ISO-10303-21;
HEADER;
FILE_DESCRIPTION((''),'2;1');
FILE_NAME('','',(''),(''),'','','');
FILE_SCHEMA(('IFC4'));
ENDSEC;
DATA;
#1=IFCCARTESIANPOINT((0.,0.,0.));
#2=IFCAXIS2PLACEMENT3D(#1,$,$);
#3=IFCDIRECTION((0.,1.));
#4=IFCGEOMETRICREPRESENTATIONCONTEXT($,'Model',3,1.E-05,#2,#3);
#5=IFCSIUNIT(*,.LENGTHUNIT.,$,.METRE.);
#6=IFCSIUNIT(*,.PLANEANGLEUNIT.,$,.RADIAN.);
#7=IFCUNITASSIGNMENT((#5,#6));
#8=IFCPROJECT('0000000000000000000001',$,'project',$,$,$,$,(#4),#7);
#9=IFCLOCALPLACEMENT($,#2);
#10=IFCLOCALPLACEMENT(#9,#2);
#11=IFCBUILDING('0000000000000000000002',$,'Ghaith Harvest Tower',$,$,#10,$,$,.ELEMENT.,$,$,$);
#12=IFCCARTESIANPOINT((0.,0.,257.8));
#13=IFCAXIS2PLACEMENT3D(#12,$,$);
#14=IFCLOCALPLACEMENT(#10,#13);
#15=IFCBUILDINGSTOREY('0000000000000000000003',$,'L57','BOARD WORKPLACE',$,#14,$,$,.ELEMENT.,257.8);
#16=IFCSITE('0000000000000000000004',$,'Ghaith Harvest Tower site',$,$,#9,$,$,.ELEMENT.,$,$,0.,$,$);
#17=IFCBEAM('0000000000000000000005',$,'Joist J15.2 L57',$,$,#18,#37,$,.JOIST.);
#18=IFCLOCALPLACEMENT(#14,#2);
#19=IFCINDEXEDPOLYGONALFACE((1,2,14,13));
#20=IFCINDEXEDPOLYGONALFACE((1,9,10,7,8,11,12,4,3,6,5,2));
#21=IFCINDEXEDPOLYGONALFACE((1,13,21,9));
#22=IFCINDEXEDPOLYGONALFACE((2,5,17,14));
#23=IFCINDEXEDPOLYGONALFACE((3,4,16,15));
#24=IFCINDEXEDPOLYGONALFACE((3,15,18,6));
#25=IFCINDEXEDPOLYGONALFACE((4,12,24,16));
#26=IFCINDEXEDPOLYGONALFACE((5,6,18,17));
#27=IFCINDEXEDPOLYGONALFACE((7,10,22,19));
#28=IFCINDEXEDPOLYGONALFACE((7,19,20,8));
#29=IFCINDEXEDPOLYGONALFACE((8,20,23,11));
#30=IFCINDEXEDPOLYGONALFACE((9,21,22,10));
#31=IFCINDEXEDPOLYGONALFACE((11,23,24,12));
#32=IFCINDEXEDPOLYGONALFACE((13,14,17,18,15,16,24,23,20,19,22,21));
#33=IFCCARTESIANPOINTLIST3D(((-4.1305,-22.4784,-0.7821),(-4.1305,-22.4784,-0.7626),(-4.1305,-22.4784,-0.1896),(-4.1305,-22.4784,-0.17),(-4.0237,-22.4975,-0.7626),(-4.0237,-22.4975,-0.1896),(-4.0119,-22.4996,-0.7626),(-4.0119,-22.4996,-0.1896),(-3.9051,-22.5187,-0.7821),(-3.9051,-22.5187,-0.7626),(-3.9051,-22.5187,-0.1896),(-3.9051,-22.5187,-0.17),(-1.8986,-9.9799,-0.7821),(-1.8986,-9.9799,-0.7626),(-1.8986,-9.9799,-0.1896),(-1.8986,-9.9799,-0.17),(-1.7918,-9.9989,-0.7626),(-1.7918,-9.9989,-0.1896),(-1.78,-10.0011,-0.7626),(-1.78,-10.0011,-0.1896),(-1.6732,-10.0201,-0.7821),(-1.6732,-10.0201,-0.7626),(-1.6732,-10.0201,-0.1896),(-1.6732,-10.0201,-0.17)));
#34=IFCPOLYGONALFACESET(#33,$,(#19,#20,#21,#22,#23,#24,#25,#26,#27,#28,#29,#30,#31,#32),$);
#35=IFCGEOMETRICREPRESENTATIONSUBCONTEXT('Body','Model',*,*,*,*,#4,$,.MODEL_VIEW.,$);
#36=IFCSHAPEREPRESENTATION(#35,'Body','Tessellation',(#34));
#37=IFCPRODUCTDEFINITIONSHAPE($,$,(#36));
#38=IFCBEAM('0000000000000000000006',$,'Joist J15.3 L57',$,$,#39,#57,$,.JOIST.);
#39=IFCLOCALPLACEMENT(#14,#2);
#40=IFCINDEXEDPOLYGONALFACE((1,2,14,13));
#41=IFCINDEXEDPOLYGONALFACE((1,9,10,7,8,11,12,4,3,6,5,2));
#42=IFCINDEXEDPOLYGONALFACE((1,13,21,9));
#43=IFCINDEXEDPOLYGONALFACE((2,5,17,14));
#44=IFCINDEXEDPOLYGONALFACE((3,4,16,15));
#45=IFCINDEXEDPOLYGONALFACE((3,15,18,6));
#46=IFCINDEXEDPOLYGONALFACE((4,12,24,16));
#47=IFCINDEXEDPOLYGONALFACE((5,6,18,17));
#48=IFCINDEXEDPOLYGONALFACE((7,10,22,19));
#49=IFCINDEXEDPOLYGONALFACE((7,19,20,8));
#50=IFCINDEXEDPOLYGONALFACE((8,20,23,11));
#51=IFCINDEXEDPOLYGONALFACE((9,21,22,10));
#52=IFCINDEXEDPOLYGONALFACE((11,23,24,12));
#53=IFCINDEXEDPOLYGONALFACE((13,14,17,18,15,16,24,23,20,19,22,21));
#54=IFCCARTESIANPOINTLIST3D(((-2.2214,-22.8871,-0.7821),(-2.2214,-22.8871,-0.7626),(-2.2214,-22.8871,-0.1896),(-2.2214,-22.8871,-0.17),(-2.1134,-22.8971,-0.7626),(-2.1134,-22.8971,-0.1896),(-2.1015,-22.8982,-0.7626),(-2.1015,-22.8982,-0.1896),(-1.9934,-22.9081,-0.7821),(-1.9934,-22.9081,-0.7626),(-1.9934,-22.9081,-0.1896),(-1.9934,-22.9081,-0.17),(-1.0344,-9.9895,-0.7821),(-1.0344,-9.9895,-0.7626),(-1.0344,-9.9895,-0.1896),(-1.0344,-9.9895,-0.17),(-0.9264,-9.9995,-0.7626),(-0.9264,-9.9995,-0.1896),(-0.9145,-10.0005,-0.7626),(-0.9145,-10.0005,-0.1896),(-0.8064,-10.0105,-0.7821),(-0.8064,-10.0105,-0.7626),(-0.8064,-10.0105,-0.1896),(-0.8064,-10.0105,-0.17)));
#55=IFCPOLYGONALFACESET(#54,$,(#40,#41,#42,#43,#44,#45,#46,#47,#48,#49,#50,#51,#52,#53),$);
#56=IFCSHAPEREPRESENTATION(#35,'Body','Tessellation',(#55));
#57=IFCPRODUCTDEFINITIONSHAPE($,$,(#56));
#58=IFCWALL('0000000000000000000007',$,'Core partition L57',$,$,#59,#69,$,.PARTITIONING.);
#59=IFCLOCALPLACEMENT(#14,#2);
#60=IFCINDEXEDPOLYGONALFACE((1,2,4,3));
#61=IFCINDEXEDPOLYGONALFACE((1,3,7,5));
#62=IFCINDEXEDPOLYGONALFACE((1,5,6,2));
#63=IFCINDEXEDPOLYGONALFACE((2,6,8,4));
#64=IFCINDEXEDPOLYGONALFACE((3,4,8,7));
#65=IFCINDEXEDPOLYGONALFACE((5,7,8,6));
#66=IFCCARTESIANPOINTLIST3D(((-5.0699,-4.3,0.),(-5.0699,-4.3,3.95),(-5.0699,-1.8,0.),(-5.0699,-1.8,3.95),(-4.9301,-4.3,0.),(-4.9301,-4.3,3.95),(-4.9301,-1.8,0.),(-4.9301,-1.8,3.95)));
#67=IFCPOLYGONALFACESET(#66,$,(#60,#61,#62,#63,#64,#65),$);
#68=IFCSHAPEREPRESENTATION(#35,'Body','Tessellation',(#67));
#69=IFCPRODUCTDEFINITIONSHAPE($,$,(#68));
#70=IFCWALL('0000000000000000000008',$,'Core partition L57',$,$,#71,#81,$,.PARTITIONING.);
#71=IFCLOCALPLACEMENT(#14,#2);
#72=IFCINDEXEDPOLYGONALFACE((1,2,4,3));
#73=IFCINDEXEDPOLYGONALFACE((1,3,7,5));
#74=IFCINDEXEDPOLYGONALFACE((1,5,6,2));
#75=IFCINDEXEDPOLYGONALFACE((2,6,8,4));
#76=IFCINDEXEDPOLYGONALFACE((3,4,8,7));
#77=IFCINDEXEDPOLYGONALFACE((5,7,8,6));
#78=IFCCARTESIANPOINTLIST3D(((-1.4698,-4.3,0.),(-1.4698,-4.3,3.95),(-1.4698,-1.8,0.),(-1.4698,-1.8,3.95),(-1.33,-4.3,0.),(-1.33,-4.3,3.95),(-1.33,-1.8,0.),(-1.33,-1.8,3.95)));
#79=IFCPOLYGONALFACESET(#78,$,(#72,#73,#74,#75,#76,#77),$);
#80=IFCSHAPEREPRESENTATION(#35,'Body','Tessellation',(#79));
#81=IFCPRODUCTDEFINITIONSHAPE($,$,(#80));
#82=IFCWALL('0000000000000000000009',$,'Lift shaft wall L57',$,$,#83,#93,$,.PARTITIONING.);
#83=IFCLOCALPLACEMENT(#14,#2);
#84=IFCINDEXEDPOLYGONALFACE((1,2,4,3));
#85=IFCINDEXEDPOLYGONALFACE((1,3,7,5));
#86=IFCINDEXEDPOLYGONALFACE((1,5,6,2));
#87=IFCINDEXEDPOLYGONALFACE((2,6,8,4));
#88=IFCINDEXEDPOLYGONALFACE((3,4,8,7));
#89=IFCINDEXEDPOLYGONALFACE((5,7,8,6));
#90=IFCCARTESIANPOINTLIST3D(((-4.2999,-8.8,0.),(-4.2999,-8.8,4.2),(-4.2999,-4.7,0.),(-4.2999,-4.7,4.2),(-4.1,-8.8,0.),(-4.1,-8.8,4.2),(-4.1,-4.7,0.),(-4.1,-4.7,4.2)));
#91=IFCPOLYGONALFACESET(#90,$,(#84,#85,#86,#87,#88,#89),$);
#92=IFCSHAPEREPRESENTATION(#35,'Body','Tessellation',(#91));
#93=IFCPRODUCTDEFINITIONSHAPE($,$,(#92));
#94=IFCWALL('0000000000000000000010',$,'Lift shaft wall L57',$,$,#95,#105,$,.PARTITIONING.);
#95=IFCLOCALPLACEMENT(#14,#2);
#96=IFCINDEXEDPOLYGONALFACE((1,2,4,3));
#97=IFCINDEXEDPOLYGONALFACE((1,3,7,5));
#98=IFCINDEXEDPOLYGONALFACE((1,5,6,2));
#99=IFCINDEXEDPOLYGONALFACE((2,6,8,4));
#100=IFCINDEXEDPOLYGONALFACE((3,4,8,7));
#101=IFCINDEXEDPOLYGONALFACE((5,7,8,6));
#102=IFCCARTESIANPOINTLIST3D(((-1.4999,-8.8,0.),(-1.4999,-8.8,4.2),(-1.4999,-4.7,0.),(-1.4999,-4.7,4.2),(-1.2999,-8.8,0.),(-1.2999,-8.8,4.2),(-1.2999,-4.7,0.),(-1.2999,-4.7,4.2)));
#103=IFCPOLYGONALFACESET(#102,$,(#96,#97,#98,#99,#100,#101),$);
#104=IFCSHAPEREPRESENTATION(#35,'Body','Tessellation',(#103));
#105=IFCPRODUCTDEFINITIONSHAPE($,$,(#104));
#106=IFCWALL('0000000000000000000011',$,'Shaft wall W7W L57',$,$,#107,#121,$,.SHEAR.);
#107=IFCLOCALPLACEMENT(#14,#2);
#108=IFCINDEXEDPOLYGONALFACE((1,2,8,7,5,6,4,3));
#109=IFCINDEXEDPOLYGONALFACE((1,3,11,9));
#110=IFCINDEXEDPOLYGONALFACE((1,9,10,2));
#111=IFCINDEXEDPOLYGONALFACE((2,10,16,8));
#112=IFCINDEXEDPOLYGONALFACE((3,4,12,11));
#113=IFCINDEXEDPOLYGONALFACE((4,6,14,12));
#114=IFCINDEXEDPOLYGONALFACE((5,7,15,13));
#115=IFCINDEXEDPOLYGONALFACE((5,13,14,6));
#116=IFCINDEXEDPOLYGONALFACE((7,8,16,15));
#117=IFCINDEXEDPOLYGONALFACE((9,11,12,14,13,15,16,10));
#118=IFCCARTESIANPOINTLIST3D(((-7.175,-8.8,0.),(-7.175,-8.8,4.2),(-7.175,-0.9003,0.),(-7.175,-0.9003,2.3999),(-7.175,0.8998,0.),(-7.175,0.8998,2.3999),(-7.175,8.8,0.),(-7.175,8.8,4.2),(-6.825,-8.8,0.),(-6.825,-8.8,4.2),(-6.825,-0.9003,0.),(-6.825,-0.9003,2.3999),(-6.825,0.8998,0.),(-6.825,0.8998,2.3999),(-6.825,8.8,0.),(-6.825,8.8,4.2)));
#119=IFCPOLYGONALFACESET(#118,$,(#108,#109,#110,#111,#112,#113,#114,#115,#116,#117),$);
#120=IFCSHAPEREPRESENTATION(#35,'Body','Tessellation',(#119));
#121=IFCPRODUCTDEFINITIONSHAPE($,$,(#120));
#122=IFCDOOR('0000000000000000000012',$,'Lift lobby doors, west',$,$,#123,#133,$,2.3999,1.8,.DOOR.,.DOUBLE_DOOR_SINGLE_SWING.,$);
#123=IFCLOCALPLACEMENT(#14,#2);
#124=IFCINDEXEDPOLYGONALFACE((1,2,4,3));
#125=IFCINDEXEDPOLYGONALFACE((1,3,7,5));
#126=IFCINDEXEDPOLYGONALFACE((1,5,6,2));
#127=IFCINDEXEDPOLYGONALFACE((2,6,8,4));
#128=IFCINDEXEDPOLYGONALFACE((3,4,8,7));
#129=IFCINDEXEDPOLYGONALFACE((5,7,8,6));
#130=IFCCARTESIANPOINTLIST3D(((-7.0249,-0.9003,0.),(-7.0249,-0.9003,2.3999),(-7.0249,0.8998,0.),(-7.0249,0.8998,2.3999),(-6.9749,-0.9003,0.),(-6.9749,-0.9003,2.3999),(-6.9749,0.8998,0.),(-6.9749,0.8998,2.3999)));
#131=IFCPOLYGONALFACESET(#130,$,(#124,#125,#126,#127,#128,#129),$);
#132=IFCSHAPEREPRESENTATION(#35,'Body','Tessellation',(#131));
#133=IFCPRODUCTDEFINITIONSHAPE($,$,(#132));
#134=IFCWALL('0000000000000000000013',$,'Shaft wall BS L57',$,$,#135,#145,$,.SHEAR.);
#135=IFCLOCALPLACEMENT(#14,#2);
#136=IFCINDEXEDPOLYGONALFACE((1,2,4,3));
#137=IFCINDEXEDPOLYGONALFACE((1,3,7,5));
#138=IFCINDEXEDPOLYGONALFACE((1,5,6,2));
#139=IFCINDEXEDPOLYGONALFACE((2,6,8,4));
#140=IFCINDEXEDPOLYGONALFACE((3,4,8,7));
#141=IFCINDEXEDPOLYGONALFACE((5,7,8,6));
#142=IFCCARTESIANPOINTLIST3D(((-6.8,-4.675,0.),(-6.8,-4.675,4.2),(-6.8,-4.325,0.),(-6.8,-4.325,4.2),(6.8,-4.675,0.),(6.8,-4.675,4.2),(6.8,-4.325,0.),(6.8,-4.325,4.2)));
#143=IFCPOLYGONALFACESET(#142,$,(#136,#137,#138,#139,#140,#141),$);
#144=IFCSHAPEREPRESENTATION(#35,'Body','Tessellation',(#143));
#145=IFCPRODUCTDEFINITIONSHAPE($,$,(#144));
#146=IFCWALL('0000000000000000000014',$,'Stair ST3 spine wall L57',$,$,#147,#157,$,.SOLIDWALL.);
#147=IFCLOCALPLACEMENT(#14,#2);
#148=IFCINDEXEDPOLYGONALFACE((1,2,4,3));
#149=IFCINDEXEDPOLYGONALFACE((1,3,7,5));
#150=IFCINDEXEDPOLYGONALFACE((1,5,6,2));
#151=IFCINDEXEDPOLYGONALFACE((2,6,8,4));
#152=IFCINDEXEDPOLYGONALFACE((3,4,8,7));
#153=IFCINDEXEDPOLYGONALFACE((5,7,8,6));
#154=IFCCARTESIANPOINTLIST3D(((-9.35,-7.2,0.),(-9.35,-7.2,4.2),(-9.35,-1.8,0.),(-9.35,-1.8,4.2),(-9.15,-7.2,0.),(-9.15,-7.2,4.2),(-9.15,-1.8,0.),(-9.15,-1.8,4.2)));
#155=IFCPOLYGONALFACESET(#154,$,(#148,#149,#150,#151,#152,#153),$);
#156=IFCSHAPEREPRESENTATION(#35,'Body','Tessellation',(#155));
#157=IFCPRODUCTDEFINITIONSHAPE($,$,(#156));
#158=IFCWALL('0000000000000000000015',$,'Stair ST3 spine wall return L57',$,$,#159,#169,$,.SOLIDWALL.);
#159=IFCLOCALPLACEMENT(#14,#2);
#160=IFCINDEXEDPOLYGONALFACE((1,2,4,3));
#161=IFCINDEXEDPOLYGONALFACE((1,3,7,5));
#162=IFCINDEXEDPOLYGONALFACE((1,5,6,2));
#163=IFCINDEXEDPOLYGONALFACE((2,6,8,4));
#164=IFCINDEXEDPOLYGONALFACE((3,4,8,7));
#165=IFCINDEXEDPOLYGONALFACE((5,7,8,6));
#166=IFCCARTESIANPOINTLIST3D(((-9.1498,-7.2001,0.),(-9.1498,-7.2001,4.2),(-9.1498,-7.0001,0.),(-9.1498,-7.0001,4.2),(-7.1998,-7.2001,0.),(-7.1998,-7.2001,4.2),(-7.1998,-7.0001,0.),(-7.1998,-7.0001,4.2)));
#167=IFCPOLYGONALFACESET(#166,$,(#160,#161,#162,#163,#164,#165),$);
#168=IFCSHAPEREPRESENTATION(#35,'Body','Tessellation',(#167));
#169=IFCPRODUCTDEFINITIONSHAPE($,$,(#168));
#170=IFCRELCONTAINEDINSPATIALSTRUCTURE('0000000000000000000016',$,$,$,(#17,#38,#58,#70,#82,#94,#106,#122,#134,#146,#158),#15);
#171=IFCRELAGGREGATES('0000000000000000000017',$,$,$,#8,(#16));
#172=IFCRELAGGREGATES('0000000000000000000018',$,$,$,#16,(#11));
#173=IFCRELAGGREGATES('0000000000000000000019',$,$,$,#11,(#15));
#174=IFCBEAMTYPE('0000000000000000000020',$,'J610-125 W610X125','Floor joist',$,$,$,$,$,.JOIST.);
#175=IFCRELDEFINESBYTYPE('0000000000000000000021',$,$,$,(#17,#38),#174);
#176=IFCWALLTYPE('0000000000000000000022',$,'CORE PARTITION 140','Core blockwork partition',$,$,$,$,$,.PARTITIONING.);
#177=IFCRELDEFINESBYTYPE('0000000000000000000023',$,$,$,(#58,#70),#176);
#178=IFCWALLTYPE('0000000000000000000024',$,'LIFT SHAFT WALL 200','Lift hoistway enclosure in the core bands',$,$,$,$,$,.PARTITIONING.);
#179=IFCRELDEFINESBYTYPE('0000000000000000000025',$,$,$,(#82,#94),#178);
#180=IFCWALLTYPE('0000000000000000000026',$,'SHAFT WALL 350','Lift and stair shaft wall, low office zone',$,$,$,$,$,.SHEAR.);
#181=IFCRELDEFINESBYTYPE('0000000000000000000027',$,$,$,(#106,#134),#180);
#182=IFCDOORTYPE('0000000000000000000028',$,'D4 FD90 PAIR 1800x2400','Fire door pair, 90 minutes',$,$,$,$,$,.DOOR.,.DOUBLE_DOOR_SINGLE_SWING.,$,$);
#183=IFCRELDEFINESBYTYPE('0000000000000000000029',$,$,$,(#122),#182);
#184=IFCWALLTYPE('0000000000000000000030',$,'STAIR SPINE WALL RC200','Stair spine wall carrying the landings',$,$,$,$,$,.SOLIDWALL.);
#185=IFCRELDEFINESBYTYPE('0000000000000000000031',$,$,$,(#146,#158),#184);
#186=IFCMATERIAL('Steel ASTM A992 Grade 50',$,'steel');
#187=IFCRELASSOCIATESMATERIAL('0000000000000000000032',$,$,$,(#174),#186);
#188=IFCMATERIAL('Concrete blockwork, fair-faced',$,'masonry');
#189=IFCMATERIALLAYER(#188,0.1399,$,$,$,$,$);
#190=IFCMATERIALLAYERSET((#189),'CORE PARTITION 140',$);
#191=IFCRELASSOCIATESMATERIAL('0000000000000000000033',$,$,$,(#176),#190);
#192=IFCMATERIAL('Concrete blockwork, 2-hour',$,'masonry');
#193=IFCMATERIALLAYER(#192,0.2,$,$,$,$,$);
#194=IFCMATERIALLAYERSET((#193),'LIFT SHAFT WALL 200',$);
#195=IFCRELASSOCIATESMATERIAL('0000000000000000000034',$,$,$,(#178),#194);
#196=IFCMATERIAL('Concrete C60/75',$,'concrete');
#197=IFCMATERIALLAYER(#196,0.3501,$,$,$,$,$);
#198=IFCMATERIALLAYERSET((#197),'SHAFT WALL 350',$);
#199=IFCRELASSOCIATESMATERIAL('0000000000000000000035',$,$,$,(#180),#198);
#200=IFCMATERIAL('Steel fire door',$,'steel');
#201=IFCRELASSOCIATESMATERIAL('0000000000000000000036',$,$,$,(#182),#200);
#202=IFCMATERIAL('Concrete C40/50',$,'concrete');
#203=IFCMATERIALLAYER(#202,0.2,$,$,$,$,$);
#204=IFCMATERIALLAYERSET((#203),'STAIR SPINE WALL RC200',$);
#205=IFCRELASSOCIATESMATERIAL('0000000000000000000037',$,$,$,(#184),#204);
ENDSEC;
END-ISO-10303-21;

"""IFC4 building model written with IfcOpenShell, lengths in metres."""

from ifc_helpers import new_model, si_unit, direction, frame, frame_2d, origin, origin_2d, place, context, subcontext, project, spatial, rectangle, i_section, extrude, material, layer, layer_set, material_profile, profile_set, type_object, element, fill, save


model = new_model("IFC4")

# Units and contexts
model_context = context("Model", 3, precision=1e-05, world=origin(), true_north=direction((0.0, 1.0)))
body_context = subcontext(model_context, "Body", "Model", "MODEL_VIEW")
ifc_project = project(units=[si_unit("LENGTHUNIT", "METRE"), si_unit("PLANEANGLEUNIT", "RADIAN")], contexts=[model_context])

# Site, building, storey
site_placement = place(None, origin())
site = spatial("IfcSite", under=ifc_project, at=site_placement, Name="Ghaith Harvest Tower site", CompositionType="ELEMENT", RefElevation=0.0)
building_placement = place(site_placement, origin())
building = spatial("IfcBuilding", under=site, at=building_placement, Name="Ghaith Harvest Tower", CompositionType="ELEMENT")
storey_placement = place(building_placement, frame((0.0, 0.0, 257.8)))
storey = spatial("IfcBuildingStorey", under=building, at=storey_placement, Name="L57", Description="BOARD WORKPLACE", CompositionType="ELEMENT", Elevation=257.8)

# Beams
ifc_material_1 = material(Name="Steel ASTM A992 Grade 50", Category="steel")
ifc_material_profile_1 = material_profile(ifc_material_1, i_section(OverallWidth=0.229, OverallDepth=0.6121, WebThickness=0.012, FlangeThickness=0.0195, at=origin_2d()), Name="W610X125")
ifc_profile_set_1 = profile_set([ifc_material_profile_1], Name="Steel ASTM A992 Grade 50")
beam_type_1 = type_object("IfcBeamType", Name="J610-125 W610X125", Description="Floor joist", PredefinedType="JOIST", material=ifc_profile_set_1)
beam_1_placement = place(storey_placement, frame((-1.7859, -10.0, -0.4761), z_axis=(-0.175795, -0.984427, 0.0), x_axis=(0.984427, -0.175795, 0.0)))
element("IfcBeam", 1, at=beam_1_placement, inside=storey, type_object=beam_type_1, Name="Joist J15.2 L57", PredefinedType="JOIST", context=body_context, shape_type="SweptSolid", body=[
    extrude(i_section(OverallWidth=0.229, OverallDepth=0.6121, WebThickness=0.012, FlangeThickness=0.0195, at=origin_2d()), origin(), (0.0, 0.0, 1.0), 12.6963),
])
beam_2_placement = place(storey_placement, frame((-0.9204, -10.0, -0.4761), z_axis=(-0.091645, -0.995792, 0.0), x_axis=(0.995792, -0.091645, 0.0)))
element("IfcBeam", 2, at=beam_2_placement, inside=storey, type_object=beam_type_1, Name="Joist J15.3 L57", PredefinedType="JOIST", context=body_context, shape_type="SweptSolid", body=[
    extrude(i_section(OverallWidth=0.229, OverallDepth=0.6121, WebThickness=0.012, FlangeThickness=0.0195, at=origin_2d()), origin(), (0.0, 0.0, 1.0), 12.9521),
])

# Walls
ifc_material_2 = material(Name="Concrete blockwork, fair-faced", Category="masonry")
ifc_layer_1 = layer(ifc_material_2, 0.1399)
ifc_layer_set_1 = layer_set([ifc_layer_1], Name="CORE PARTITION 140")
wall_type_1 = type_object("IfcWallType", Name="CORE PARTITION 140", Description="Core blockwork partition", PredefinedType="PARTITIONING", material=ifc_layer_set_1)
for number, where, z_axis, x_axis, name in (
    (3, (-5.0, -1.8, 0.0), (0.0, 0.0, 1.0), (0.0, -1.0, 0.0), "Core partition L57"),
    (4, (-1.3999, -1.8, 0.0), (0.0, 0.0, 1.0), (0.0, -1.0, 0.0), "Core partition L57"),
):
    element("IfcWall", number, at=place(storey_placement, frame(where, z_axis=z_axis, x_axis=x_axis)), inside=storey, type_object=wall_type_1, Name=name, PredefinedType="PARTITIONING", context=body_context, shape_type="SweptSolid", body=[
        extrude(rectangle(XDim=2.5, YDim=0.1399, at=frame_2d((1.25, 0.0))), origin(), (0.0, 0.0, 1.0), 3.95),
    ])
ifc_material_3 = material(Name="Concrete blockwork, 2-hour", Category="masonry")
ifc_layer_2 = layer(ifc_material_3, 0.2)
ifc_layer_set_2 = layer_set([ifc_layer_2], Name="LIFT SHAFT WALL 200")
wall_type_2 = type_object("IfcWallType", Name="LIFT SHAFT WALL 200", Description="Lift hoistway enclosure in the core bands", PredefinedType="PARTITIONING", material=ifc_layer_set_2)
for number, where, z_axis, x_axis, name in (
    (5, (-4.2, -4.7, 0.0), (0.0, 0.0, 1.0), (0.0, -1.0, 0.0), "Lift shaft wall L57"),
    (6, (-1.3999, -4.7, 0.0), (0.0, 0.0, 1.0), (0.0, -1.0, 0.0), "Lift shaft wall L57"),
):
    element("IfcWall", number, at=place(storey_placement, frame(where, z_axis=z_axis, x_axis=x_axis)), inside=storey, type_object=wall_type_2, Name=name, PredefinedType="PARTITIONING", context=body_context, shape_type="SweptSolid", body=[
        extrude(rectangle(XDim=4.1001, YDim=0.2, at=frame_2d((2.05, 0.0))), origin(), (0.0, 0.0, 1.0), 4.2),
    ])

# Wall, opening, door
ifc_material_4 = material(Name="Concrete C60/75", Category="concrete")
ifc_layer_3 = layer(ifc_material_4, 0.3501)
ifc_layer_set_3 = layer_set([ifc_layer_3], Name="SHAFT WALL 350")
wall_type_3 = type_object("IfcWallType", Name="SHAFT WALL 350", Description="Lift and stair shaft wall, low office zone", PredefinedType="SHEAR", material=ifc_layer_set_3)
wall_1_placement = place(storey_placement, frame((-7.0, -8.8, 0.0), z_axis=(0.0, 0.0, 1.0), x_axis=(0.0, 1.0, 0.0)))
wall_1 = element("IfcWall", 7, at=wall_1_placement, inside=storey, type_object=wall_type_3, Name="Shaft wall W7W L57", PredefinedType="SHEAR", context=body_context, shape_type="SweptSolid", body=[
    extrude(rectangle(XDim=17.6001, YDim=0.3501, at=frame_2d((8.8, 0.0))), origin(), (0.0, 0.0, 1.0), 4.2),
])
opening_1_placement = place(wall_1_placement, frame((7.8999, 0.0, 0.0)))
opening_1 = element("IfcOpeningElement", 8, at=opening_1_placement, cuts=wall_1, PredefinedType="OPENING", context=body_context, shape_type="SweptSolid", body=[
    extrude(rectangle(XDim=1.8, YDim=2.3999, at=frame_2d((0.8999, 1.2))), frame((0.0, 0.1851, 0.0), z_axis=(0.0, -1.0, 0.0), x_axis=(1.0, 0.0, 0.0)), (0.0, 0.0, 1.0), 0.3701),
])
ifc_material_5 = material(Name="Steel fire door", Category="steel")
door_type_1 = type_object("IfcDoorType", Name="D4 FD90 PAIR 1800x2400", Description="Fire door pair, 90 minutes", OperationType="DOUBLE_DOOR_SINGLE_SWING", PredefinedType="DOOR", material=ifc_material_5)
door_1_placement = place(opening_1_placement, origin())
door_1 = element("IfcDoor", 9, at=door_1_placement, inside=storey, type_object=door_type_1, Name="Lift lobby doors, west", OperationType="DOUBLE_DOOR_SINGLE_SWING", OverallHeight=2.3999, OverallWidth=1.8, PredefinedType="DOOR", context=body_context, shape_type="SweptSolid", body=[
    extrude(rectangle(XDim=1.8, YDim=2.3999, at=frame_2d((0.8999, 1.2))), frame((0.0, 0.0249, 0.0), z_axis=(0.0, -1.0, 0.0), x_axis=(1.0, 0.0, 0.0)), (0.0, 0.0, 1.0), 0.05),
])
fill(opening_1, door_1)

# Walls
wall_2_placement = place(storey_placement, frame((-6.8, -4.5, 0.0), z_axis=(0.0, 0.0, 1.0), x_axis=(1.0, 0.0, 0.0)))
element("IfcWall", 10, at=wall_2_placement, inside=storey, type_object=wall_type_3, Name="Shaft wall BS L57", PredefinedType="SHEAR", context=body_context, shape_type="SweptSolid", body=[
    extrude(rectangle(XDim=13.6001, YDim=0.3501, at=frame_2d((6.8, 0.0))), origin(), (0.0, 0.0, 1.0), 4.2),
])
ifc_material_6 = material(Name="Concrete C40/50", Category="concrete")
ifc_layer_4 = layer(ifc_material_6, 0.2)
ifc_layer_set_4 = layer_set([ifc_layer_4], Name="STAIR SPINE WALL RC200")
wall_type_4 = type_object("IfcWallType", Name="STAIR SPINE WALL RC200", Description="Stair spine wall carrying the landings", PredefinedType="SOLIDWALL", material=ifc_layer_set_4)
wall_3_placement = place(storey_placement, frame((-9.25, -7.2, 0.0), z_axis=(0.0, 0.0, 1.0), x_axis=(0.0, 1.0, 0.0)))
element("IfcWall", 11, at=wall_3_placement, inside=storey, type_object=wall_type_4, Name="Stair ST3 spine wall L57", PredefinedType="SOLIDWALL", context=body_context, shape_type="SweptSolid", body=[
    extrude(rectangle(XDim=5.3999, YDim=0.2, at=frame_2d((2.7, 0.0))), origin(), (0.0, 0.0, 1.0), 4.2),
])
wall_4_placement = place(storey_placement, frame((-9.1499, -7.1001, 0.0), z_axis=(0.0, 0.0, 1.0), x_axis=(1.0, 0.0, 0.0)))
element("IfcWall", 12, at=wall_4_placement, inside=storey, type_object=wall_type_4, Name="Stair ST3 spine wall return L57", PredefinedType="SOLIDWALL", context=body_context, shape_type="SweptSolid", body=[
    extrude(rectangle(XDim=1.95, YDim=0.2, at=frame_2d((0.9751, 0.0))), origin(), (0.0, 0.0, 1.0), 4.2),
])

save(model, "model.ifc")
